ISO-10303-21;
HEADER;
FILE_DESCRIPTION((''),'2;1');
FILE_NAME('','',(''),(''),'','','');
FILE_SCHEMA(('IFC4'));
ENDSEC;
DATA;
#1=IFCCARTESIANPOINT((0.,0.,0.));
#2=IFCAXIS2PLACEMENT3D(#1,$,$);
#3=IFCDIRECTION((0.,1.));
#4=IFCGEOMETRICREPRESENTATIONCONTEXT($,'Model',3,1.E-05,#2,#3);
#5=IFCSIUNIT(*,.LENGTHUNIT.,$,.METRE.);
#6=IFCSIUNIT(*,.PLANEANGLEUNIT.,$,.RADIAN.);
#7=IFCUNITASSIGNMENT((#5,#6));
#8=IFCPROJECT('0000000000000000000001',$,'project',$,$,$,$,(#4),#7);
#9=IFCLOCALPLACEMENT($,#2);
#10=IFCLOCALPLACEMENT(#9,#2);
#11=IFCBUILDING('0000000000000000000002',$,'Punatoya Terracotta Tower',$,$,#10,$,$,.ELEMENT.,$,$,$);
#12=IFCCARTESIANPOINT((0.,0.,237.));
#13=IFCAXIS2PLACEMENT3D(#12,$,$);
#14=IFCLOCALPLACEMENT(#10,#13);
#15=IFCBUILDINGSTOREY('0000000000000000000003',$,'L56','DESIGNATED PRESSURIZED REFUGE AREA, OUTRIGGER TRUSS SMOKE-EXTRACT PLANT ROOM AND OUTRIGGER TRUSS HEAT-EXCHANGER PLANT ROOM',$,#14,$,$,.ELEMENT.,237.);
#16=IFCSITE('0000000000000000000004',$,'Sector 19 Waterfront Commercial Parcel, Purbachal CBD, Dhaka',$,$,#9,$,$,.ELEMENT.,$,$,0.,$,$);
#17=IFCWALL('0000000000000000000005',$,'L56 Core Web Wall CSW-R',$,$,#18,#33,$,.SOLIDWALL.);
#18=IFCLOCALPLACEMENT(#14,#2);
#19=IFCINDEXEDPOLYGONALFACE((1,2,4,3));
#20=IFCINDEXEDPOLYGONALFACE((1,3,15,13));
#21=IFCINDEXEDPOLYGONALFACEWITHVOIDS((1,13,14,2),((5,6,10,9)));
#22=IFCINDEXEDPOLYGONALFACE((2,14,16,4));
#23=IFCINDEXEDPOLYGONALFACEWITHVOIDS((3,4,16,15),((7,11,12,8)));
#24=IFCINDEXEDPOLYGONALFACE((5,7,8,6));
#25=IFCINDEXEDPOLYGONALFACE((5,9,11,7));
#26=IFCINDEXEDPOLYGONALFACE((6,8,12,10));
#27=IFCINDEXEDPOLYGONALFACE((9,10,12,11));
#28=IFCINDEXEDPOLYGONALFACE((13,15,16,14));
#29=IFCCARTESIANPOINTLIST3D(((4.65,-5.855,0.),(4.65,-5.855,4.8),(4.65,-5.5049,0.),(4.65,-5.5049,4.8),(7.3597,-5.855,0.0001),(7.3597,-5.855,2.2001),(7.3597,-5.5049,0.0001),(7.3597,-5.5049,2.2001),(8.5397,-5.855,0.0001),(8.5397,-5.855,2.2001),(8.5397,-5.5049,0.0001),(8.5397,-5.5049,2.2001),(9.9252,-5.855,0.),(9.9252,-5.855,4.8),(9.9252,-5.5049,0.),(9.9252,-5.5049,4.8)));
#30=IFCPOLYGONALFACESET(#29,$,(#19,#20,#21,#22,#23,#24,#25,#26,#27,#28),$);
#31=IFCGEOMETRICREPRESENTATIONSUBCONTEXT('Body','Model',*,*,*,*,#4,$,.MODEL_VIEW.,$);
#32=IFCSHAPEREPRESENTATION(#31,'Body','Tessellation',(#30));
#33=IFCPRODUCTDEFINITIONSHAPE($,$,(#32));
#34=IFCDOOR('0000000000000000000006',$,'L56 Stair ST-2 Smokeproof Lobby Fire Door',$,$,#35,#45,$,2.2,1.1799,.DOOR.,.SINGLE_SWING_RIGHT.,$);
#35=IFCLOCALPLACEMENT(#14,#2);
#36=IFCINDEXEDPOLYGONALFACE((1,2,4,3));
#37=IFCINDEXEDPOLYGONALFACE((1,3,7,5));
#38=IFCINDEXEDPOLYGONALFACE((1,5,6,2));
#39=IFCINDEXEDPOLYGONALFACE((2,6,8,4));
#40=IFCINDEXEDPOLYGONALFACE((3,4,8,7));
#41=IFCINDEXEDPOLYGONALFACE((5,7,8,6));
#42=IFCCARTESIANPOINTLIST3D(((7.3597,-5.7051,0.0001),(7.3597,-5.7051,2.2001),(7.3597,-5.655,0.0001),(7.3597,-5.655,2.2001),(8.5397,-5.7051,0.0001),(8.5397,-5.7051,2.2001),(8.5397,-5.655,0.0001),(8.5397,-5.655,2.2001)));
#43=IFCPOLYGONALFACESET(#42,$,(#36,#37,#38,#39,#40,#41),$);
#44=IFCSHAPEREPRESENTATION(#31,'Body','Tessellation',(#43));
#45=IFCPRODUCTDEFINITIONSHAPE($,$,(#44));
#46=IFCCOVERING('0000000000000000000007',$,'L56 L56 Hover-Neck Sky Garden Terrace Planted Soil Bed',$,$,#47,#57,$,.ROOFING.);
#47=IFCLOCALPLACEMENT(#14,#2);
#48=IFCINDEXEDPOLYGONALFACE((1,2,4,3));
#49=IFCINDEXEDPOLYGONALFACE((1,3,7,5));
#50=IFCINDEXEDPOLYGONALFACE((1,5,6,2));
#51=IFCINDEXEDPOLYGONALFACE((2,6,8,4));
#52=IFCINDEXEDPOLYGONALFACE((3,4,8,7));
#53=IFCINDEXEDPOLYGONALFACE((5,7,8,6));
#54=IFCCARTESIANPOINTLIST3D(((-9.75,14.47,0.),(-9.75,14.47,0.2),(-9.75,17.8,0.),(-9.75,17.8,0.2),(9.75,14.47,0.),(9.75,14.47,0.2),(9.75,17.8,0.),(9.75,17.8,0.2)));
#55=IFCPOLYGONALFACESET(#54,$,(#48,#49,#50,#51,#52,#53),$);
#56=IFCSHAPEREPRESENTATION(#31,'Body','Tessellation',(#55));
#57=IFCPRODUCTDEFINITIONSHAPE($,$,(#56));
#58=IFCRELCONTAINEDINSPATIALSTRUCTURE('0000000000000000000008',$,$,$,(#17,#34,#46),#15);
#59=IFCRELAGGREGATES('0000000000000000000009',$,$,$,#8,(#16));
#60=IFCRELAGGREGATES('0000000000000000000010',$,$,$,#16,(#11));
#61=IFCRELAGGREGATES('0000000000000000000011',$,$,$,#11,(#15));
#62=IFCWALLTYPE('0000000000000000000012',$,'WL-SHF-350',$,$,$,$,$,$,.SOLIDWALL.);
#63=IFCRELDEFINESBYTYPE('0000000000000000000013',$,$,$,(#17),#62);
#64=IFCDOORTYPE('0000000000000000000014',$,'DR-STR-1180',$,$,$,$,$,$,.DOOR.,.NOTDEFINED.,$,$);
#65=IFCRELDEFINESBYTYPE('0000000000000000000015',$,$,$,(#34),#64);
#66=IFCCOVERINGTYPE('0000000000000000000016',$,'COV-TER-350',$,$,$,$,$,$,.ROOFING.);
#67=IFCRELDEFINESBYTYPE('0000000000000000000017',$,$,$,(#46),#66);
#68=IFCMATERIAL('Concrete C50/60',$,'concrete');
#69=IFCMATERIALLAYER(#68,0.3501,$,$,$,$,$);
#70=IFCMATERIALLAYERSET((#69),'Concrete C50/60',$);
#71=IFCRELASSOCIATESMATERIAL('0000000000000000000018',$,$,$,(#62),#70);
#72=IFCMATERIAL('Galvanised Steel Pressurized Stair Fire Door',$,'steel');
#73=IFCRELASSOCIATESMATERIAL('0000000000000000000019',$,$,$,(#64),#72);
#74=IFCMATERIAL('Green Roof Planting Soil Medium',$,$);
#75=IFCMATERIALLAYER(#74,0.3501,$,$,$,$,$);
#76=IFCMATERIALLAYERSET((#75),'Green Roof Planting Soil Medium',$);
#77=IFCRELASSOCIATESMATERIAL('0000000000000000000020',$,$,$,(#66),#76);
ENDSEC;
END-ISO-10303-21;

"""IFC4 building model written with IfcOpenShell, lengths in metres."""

from ifc_helpers import new_model, si_unit, direction, frame, frame_2d, origin, place, context, subcontext, project, spatial, polyline, rectangle, outline, extrude, material, layer, layer_set, type_object, element, fill, save


model = new_model("IFC4")

# Units and contexts
model_context = context("Model", 3, precision=1e-05, world=origin(), true_north=direction((0.0, 1.0)))
body_context = subcontext(model_context, "Body", "Model", "MODEL_VIEW")
ifc_project = project(units=[si_unit("LENGTHUNIT", "METRE"), si_unit("PLANEANGLEUNIT", "RADIAN")], contexts=[model_context])

# Site, building, storey
site_placement = place(None, origin())
site = spatial("IfcSite", under=ifc_project, at=site_placement, Name="Sector 19 Waterfront Commercial Parcel, Purbachal CBD, Dhaka", CompositionType="ELEMENT", RefElevation=0.0)
building_placement = place(site_placement, origin())
building = spatial("IfcBuilding", under=site, at=building_placement, Name="Punatoya Terracotta Tower", CompositionType="ELEMENT")
storey_placement = place(building_placement, frame((0.0, 0.0, 237.0)))
storey = spatial("IfcBuildingStorey", under=building, at=storey_placement, Name="L56", Description="DESIGNATED PRESSURIZED REFUGE AREA, OUTRIGGER TRUSS SMOKE-EXTRACT PLANT ROOM AND OUTRIGGER TRUSS HEAT-EXCHANGER PLANT ROOM", CompositionType="ELEMENT", Elevation=237.0)

# Wall, opening, door
ifc_material_1 = material(Name="Concrete C50/60", Category="concrete")
ifc_layer_1 = layer(ifc_material_1, 0.3501)
ifc_layer_set_1 = layer_set([ifc_layer_1], Name="Concrete C50/60")
wall_type_1 = type_object("IfcWallType", Name="WL-SHF-350", PredefinedType="SOLIDWALL", material=ifc_layer_set_1)
wall_1_placement = place(storey_placement, frame((4.6499, -5.6799, 0.0), z_axis=(0.0, 0.0, 1.0), x_axis=(1.0, 0.0, 0.0)))
wall_1 = element("IfcWall", 1, at=wall_1_placement, inside=storey, type_object=wall_type_1, Name="L56 Core Web Wall CSW-R", PredefinedType="SOLIDWALL", context=body_context, shape_type="SweptSolid", body=[
    extrude(rectangle(XDim=5.2751, YDim=0.3501, at=frame_2d((2.6377, 0.0))), origin(), (0.0, 0.0, 1.0), 4.8),
])
opening_1_placement = place(wall_1_placement, frame((2.71, 0.0, 0.0)))
opening_1 = element("IfcOpeningElement", 2, at=opening_1_placement, cuts=wall_1, PredefinedType="OPENING", context=body_context, shape_type="SweptSolid", body=[
    extrude(rectangle(XDim=1.1799, YDim=2.2, at=frame_2d((0.5898, 1.1001))), frame((0.0, 0.1851, 0.0), z_axis=(0.0, -1.0, 0.0), x_axis=(1.0, 0.0, 0.0)), (0.0, 0.0, 1.0), 0.3701),
])
ifc_material_2 = material(Name="Galvanised Steel Pressurized Stair Fire Door", Category="steel")
door_type_1 = type_object("IfcDoorType", Name="DR-STR-1180", OperationType="NOTDEFINED", PredefinedType="DOOR", material=ifc_material_2)
door_1_placement = place(opening_1_placement, origin())
door_1 = element("IfcDoor", 3, at=door_1_placement, inside=storey, type_object=door_type_1, Name="L56 Stair ST-2 Smokeproof Lobby Fire Door", OperationType="SINGLE_SWING_RIGHT", OverallHeight=2.2, OverallWidth=1.1799, PredefinedType="DOOR", context=body_context, shape_type="SweptSolid", body=[
    extrude(rectangle(XDim=1.1799, YDim=2.2, at=frame_2d((0.5898, 1.1001))), frame((0.0, 0.0249, 0.0), z_axis=(0.0, -1.0, 0.0), x_axis=(1.0, 0.0, 0.0)), (0.0, 0.0, 1.0), 0.05),
])
fill(opening_1, door_1)

# Covering
ifc_material_3 = material(Name="Green Roof Planting Soil Medium")
ifc_layer_2 = layer(ifc_material_3, 0.3501)
ifc_layer_set_2 = layer_set([ifc_layer_2], Name="Green Roof Planting Soil Medium")
covering_type = type_object("IfcCoveringType", Name="COV-TER-350", PredefinedType="ROOFING", material=ifc_layer_set_2)
covering_placement = place(storey_placement, origin())
element("IfcCovering", 4, at=covering_placement, inside=storey, type_object=covering_type, Name="L56 L56 Hover-Neck Sky Garden Terrace Planted Soil Bed", PredefinedType="ROOFING", context=body_context, shape_type="SweptSolid", body=[
    extrude(outline(polyline([(-9.75, 17.8), (-9.75, 14.47), (9.75, 14.47), (9.75, 17.8), (-9.75, 17.8)])), origin(), (0.0, 0.0, 1.0), 0.2),
])

save(model, "model.ifc")
